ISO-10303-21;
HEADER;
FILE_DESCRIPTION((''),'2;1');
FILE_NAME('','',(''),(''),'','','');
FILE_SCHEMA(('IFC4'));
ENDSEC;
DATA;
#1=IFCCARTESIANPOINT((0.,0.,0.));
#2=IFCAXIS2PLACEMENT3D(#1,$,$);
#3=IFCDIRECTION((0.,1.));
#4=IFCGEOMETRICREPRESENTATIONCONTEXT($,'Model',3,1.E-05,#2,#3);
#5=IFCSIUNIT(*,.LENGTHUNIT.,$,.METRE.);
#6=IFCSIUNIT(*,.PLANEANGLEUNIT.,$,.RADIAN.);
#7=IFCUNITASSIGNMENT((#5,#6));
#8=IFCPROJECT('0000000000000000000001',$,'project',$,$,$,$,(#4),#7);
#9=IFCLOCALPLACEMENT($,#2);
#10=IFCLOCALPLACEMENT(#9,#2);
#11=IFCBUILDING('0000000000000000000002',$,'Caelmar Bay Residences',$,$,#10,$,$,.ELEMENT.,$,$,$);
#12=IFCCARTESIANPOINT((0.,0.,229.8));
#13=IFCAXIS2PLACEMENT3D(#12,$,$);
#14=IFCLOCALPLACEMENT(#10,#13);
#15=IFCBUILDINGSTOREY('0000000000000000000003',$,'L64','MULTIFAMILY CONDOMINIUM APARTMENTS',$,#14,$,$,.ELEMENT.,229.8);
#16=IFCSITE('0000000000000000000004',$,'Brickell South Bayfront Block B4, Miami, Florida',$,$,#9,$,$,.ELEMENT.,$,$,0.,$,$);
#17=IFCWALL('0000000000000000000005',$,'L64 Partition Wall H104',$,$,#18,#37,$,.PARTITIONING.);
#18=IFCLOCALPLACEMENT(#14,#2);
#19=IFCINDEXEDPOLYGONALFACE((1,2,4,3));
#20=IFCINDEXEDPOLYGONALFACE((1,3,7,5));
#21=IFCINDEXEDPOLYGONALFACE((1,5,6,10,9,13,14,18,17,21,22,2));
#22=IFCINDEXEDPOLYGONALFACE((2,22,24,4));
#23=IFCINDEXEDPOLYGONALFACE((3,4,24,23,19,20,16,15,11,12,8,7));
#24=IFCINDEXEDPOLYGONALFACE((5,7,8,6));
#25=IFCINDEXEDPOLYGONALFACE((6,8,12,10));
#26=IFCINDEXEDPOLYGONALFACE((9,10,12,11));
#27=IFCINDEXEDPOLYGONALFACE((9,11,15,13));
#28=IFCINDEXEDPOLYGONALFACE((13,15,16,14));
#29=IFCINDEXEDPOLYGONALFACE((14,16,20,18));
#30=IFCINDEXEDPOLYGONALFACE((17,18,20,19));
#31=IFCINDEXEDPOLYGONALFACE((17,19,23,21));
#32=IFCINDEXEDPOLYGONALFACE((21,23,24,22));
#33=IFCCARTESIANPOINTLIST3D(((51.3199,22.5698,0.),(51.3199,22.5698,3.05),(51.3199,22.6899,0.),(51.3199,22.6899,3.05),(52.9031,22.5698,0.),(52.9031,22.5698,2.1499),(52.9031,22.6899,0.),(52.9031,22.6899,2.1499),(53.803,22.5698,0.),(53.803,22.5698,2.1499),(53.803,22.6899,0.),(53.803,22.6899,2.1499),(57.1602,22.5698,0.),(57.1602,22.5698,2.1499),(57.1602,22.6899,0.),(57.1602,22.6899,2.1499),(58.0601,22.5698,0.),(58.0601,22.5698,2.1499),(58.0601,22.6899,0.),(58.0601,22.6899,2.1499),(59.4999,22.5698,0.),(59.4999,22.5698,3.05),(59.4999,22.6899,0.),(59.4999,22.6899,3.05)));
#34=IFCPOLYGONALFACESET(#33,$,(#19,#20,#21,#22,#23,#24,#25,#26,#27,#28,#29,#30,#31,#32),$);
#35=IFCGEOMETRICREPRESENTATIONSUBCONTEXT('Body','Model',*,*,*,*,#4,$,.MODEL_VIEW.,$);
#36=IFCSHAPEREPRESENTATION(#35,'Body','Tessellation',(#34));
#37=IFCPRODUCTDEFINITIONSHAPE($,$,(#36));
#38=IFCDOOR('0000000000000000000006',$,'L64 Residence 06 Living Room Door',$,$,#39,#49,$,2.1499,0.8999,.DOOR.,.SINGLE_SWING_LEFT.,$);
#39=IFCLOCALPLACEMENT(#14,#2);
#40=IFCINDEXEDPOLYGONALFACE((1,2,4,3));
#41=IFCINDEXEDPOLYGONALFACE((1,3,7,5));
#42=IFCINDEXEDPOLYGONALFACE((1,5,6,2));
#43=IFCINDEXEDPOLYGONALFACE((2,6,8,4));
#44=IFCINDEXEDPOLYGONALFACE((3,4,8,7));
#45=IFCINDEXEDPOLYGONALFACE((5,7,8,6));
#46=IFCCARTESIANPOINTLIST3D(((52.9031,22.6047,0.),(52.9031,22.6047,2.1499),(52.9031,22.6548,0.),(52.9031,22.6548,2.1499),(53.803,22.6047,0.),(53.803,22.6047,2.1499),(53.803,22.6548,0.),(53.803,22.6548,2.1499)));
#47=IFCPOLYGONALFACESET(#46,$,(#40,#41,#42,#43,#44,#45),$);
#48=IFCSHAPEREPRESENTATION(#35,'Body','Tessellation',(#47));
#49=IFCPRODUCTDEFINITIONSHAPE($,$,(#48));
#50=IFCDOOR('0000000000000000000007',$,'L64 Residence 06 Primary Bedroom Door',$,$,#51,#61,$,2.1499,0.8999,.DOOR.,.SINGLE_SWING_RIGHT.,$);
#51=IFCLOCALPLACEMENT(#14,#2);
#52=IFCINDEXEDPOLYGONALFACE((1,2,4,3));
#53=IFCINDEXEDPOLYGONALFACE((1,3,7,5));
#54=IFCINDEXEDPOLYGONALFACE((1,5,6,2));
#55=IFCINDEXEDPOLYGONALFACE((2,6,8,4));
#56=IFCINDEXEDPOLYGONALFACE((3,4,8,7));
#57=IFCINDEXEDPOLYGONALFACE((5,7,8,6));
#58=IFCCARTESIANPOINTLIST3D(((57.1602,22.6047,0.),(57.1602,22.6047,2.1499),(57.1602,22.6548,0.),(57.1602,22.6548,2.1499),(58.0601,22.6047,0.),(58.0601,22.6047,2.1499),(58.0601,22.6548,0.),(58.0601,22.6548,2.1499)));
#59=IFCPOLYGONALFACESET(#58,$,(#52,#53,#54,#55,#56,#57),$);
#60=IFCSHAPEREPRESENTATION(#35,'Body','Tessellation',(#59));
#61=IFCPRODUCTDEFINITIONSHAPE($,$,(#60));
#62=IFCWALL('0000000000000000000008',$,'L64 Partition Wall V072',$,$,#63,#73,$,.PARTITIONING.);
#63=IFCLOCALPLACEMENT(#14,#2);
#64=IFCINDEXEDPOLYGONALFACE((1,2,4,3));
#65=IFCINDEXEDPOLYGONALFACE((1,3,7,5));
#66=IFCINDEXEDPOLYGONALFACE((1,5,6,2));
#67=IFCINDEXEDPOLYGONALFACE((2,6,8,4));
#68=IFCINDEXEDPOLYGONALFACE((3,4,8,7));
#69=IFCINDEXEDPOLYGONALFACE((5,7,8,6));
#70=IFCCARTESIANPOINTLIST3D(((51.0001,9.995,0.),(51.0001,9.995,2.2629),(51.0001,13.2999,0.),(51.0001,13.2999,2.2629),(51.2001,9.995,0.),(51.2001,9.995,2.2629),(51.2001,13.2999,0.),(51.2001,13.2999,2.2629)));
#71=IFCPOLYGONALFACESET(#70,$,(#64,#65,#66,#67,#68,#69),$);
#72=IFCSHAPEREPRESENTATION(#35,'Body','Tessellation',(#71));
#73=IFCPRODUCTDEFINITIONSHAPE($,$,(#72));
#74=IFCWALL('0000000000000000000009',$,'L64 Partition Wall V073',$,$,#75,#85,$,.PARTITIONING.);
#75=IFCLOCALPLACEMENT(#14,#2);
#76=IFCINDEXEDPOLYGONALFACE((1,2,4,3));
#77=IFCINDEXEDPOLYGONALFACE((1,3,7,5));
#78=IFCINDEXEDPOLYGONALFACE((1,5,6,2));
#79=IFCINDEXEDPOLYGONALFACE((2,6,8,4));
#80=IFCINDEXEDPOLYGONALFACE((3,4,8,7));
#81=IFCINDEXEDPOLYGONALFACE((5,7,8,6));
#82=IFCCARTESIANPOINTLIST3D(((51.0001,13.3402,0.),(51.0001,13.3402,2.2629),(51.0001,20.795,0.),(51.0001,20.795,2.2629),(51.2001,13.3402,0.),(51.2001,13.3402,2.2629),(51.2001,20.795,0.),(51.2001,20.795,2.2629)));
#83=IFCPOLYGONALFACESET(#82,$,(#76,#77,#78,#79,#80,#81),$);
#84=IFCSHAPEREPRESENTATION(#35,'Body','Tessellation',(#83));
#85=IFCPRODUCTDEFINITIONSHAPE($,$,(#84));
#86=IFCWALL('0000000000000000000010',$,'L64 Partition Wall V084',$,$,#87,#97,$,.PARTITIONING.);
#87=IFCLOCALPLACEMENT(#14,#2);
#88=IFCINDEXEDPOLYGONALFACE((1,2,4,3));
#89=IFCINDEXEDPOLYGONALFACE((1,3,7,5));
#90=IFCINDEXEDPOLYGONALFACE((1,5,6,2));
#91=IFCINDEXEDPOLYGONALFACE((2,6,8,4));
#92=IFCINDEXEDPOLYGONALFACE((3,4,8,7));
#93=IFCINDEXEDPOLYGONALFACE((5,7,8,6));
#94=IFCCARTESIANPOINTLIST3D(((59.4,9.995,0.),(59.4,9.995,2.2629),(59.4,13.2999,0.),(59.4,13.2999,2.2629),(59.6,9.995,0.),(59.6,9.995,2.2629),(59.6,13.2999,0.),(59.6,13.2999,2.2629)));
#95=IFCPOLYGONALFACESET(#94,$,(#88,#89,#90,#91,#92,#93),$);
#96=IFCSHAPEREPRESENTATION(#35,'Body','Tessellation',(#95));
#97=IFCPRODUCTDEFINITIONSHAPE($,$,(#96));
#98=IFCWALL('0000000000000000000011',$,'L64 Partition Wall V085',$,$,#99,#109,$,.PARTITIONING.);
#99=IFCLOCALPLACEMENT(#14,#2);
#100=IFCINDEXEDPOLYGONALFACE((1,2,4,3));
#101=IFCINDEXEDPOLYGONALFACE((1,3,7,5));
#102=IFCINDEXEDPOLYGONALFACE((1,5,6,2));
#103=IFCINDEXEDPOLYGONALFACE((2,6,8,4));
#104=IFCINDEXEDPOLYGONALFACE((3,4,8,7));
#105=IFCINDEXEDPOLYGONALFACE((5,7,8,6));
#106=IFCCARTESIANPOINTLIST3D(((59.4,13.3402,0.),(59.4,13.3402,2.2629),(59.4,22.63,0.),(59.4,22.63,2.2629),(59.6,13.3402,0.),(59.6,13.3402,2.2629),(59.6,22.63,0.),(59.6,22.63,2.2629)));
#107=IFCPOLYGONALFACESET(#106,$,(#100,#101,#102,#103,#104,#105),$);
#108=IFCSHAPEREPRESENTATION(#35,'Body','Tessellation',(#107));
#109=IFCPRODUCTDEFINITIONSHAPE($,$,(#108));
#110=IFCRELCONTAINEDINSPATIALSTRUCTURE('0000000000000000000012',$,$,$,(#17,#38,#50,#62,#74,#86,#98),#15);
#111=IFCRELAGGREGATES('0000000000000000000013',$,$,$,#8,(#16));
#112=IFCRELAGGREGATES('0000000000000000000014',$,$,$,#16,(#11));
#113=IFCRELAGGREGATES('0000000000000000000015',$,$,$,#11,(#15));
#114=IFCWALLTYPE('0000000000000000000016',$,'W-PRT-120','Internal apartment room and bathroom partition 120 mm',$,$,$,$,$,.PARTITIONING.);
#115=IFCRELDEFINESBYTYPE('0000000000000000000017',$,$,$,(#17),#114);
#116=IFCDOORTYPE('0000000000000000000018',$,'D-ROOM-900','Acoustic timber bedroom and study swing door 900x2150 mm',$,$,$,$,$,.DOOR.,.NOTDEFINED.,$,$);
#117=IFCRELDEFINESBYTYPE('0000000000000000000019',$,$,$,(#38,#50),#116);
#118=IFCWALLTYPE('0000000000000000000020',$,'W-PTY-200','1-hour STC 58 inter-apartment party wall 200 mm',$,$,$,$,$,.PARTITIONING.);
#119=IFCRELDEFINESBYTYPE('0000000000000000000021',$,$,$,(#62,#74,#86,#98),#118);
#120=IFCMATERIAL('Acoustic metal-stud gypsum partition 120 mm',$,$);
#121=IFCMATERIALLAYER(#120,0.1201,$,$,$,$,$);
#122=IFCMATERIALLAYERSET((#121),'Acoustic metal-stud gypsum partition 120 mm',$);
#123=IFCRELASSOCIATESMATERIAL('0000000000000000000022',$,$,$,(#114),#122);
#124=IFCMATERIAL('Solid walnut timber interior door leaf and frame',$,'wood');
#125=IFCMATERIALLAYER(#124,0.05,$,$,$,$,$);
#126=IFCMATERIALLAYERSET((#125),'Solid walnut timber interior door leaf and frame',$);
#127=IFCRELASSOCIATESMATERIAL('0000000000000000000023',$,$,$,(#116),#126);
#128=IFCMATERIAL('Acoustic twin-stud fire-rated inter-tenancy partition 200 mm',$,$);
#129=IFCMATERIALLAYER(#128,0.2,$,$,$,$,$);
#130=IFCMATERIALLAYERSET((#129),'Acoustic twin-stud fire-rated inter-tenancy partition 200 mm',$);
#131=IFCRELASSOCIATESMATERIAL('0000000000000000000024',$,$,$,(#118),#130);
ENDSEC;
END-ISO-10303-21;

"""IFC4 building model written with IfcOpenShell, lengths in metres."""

from ifc_helpers import new_model, si_unit, direction, frame, frame_2d, origin, place, context, subcontext, project, spatial, rectangle, extrude, material, layer, layer_set, type_object, element, fill, save


model = new_model("IFC4")

# Units and contexts
model_context = context("Model", 3, precision=1e-05, world=origin(), true_north=direction((0.0, 1.0)))
body_context = subcontext(model_context, "Body", "Model", "MODEL_VIEW")
ifc_project = project(units=[si_unit("LENGTHUNIT", "METRE"), si_unit("PLANEANGLEUNIT", "RADIAN")], contexts=[model_context])

# Site, building, storey
site_placement = place(None, origin())
site = spatial("IfcSite", under=ifc_project, at=site_placement, Name="Brickell South Bayfront Block B4, Miami, Florida", CompositionType="ELEMENT", RefElevation=0.0)
building_placement = place(site_placement, origin())
building = spatial("IfcBuilding", under=site, at=building_placement, Name="Caelmar Bay Residences", CompositionType="ELEMENT")
storey_placement = place(building_placement, frame((0.0, 0.0, 229.8)))
storey = spatial("IfcBuildingStorey", under=building, at=storey_placement, Name="L64", Description="MULTIFAMILY CONDOMINIUM APARTMENTS", CompositionType="ELEMENT", Elevation=229.8)

# Shared definitions
ifc_material_1 = material(Name="Acoustic metal-stud gypsum partition 120 mm")
ifc_layer_1 = layer(ifc_material_1, 0.1201)
ifc_layer_set_1 = layer_set([ifc_layer_1], Name="Acoustic metal-stud gypsum partition 120 mm")
wall_type_1 = type_object("IfcWallType", Name="W-PRT-120", Description="Internal apartment room and bathroom partition 120 mm", PredefinedType="PARTITIONING", material=ifc_layer_set_1)

# Shared definitions
ifc_material_2 = material(Name="Solid walnut timber interior door leaf and frame", Category="wood")
ifc_layer_2 = layer(ifc_material_2, 0.05)
ifc_layer_set_2 = layer_set([ifc_layer_2], Name="Solid walnut timber interior door leaf and frame")
door_type = type_object("IfcDoorType", Name="D-ROOM-900", Description="Acoustic timber bedroom and study swing door 900x2150 mm", OperationType="NOTDEFINED", PredefinedType="DOOR", material=ifc_layer_set_2)

# Wall, openings, doors
wall_1_placement = place(storey_placement, frame((51.3201, 22.6299, 0.0), z_axis=(0.0, 0.0, 1.0), x_axis=(1.0, 0.0, 0.0)))
wall_1 = element("IfcWall", 1, at=wall_1_placement, inside=storey, type_object=wall_type_1, Name="L64 Partition Wall H104", PredefinedType="PARTITIONING", context=body_context, shape_type="SweptSolid", body=[
    extrude(rectangle(XDim=8.1799, YDim=0.1201, at=frame_2d((4.0898, 0.0))), origin(), (0.0, 0.0, 1.0), 3.05),
])
opening_1_placement = place(wall_1_placement, frame((1.583, 0.0, 0.0)))
opening_1 = element("IfcOpeningElement", 2, at=opening_1_placement, cuts=wall_1, PredefinedType="OPENING", context=body_context, shape_type="SweptSolid", body=[
    extrude(rectangle(XDim=0.8999, YDim=2.1499, at=frame_2d((0.45, 1.075))), frame((0.0, 0.0701, 0.0), z_axis=(0.0, -1.0, 0.0), x_axis=(1.0, 0.0, 0.0)), (0.0, 0.0, 1.0), 0.1401),
])
opening_2_placement = place(wall_1_placement, frame((5.8401, 0.0, 0.0)))
opening_2 = element("IfcOpeningElement", 3, at=opening_2_placement, cuts=wall_1, PredefinedType="OPENING", context=body_context, shape_type="SweptSolid", body=[
    extrude(rectangle(XDim=0.8999, YDim=2.1499, at=frame_2d((0.45, 1.075))), frame((0.0, 0.0701, 0.0), z_axis=(0.0, -1.0, 0.0), x_axis=(1.0, 0.0, 0.0)), (0.0, 0.0, 1.0), 0.1401),
])
door_1_placement = place(opening_1_placement, origin())
door_1 = element("IfcDoor", 4, at=door_1_placement, inside=storey, type_object=door_type, Name="L64 Residence 06 Living Room Door", OperationType="SINGLE_SWING_LEFT", OverallHeight=2.1499, OverallWidth=0.8999, PredefinedType="DOOR", context=body_context, shape_type="SweptSolid", body=[
    extrude(rectangle(XDim=0.8999, YDim=2.1499, at=frame_2d((0.45, 1.075))), frame((0.0, 0.0249, 0.0), z_axis=(0.0, -1.0, 0.0), x_axis=(1.0, 0.0, 0.0)), (0.0, 0.0, 1.0), 0.05),
])
fill(opening_1, door_1)
door_2_placement = place(opening_2_placement, origin())
door_2 = element("IfcDoor", 5, at=door_2_placement, inside=storey, type_object=door_type, Name="L64 Residence 06 Primary Bedroom Door", OperationType="SINGLE_SWING_RIGHT", OverallHeight=2.1499, OverallWidth=0.8999, PredefinedType="DOOR", context=body_context, shape_type="SweptSolid", body=[
    extrude(rectangle(XDim=0.8999, YDim=2.1499, at=frame_2d((0.45, 1.075))), frame((0.0, 0.0249, 0.0), z_axis=(0.0, -1.0, 0.0), x_axis=(1.0, 0.0, 0.0)), (0.0, 0.0, 1.0), 0.05),
])
fill(opening_2, door_2)

# Walls
ifc_material_3 = material(Name="Acoustic twin-stud fire-rated inter-tenancy partition 200 mm")
ifc_layer_3 = layer(ifc_material_3, 0.2)
ifc_layer_set_3 = layer_set([ifc_layer_3], Name="Acoustic twin-stud fire-rated inter-tenancy partition 200 mm")
wall_type_2 = type_object("IfcWallType", Name="W-PTY-200", Description="1-hour STC 58 inter-apartment party wall 200 mm", PredefinedType="PARTITIONING", material=ifc_layer_set_3)
wall_2_placement = place(storey_placement, frame((51.1001, 9.9951, 0.0), z_axis=(0.0, 0.0, 1.0), x_axis=(0.0, 1.0, 0.0)))
element("IfcWall", 6, at=wall_2_placement, inside=storey, type_object=wall_type_2, Name="L64 Partition Wall V072", PredefinedType="PARTITIONING", context=body_context, shape_type="SweptSolid", body=[
    extrude(rectangle(XDim=3.3049, YDim=0.2, at=frame_2d((1.6523, 0.0))), origin(), (0.0, 0.0, 1.0), 2.2629),
])
wall_3_placement = place(storey_placement, frame((51.1001, 13.3401, 0.0), z_axis=(0.0, 0.0, 1.0), x_axis=(0.0, 1.0, 0.0)))
element("IfcWall", 7, at=wall_3_placement, inside=storey, type_object=wall_type_2, Name="L64 Partition Wall V073", PredefinedType="PARTITIONING", context=body_context, shape_type="SweptSolid", body=[
    extrude(rectangle(XDim=7.4548, YDim=0.2, at=frame_2d((3.7275, 0.0))), origin(), (0.0, 0.0, 1.0), 2.2629),
])
wall_4_placement = place(storey_placement, frame((59.5, 9.9951, 0.0), z_axis=(0.0, 0.0, 1.0), x_axis=(0.0, 1.0, 0.0)))
element("IfcWall", 8, at=wall_4_placement, inside=storey, type_object=wall_type_2, Name="L64 Partition Wall V084", PredefinedType="PARTITIONING", context=body_context, shape_type="SweptSolid", body=[
    extrude(rectangle(XDim=3.3049, YDim=0.2, at=frame_2d((1.6523, 0.0))), origin(), (0.0, 0.0, 1.0), 2.2629),
])
wall_5_placement = place(storey_placement, frame((59.5, 13.3401, 0.0), z_axis=(0.0, 0.0, 1.0), x_axis=(0.0, 1.0, 0.0)))
element("IfcWall", 9, at=wall_5_placement, inside=storey, type_object=wall_type_2, Name="L64 Partition Wall V085", PredefinedType="PARTITIONING", context=body_context, shape_type="SweptSolid", body=[
    extrude(rectangle(XDim=9.2898, YDim=0.2, at=frame_2d((4.645, 0.0))), origin(), (0.0, 0.0, 1.0), 2.2629),
])

save(model, "model.ifc")
